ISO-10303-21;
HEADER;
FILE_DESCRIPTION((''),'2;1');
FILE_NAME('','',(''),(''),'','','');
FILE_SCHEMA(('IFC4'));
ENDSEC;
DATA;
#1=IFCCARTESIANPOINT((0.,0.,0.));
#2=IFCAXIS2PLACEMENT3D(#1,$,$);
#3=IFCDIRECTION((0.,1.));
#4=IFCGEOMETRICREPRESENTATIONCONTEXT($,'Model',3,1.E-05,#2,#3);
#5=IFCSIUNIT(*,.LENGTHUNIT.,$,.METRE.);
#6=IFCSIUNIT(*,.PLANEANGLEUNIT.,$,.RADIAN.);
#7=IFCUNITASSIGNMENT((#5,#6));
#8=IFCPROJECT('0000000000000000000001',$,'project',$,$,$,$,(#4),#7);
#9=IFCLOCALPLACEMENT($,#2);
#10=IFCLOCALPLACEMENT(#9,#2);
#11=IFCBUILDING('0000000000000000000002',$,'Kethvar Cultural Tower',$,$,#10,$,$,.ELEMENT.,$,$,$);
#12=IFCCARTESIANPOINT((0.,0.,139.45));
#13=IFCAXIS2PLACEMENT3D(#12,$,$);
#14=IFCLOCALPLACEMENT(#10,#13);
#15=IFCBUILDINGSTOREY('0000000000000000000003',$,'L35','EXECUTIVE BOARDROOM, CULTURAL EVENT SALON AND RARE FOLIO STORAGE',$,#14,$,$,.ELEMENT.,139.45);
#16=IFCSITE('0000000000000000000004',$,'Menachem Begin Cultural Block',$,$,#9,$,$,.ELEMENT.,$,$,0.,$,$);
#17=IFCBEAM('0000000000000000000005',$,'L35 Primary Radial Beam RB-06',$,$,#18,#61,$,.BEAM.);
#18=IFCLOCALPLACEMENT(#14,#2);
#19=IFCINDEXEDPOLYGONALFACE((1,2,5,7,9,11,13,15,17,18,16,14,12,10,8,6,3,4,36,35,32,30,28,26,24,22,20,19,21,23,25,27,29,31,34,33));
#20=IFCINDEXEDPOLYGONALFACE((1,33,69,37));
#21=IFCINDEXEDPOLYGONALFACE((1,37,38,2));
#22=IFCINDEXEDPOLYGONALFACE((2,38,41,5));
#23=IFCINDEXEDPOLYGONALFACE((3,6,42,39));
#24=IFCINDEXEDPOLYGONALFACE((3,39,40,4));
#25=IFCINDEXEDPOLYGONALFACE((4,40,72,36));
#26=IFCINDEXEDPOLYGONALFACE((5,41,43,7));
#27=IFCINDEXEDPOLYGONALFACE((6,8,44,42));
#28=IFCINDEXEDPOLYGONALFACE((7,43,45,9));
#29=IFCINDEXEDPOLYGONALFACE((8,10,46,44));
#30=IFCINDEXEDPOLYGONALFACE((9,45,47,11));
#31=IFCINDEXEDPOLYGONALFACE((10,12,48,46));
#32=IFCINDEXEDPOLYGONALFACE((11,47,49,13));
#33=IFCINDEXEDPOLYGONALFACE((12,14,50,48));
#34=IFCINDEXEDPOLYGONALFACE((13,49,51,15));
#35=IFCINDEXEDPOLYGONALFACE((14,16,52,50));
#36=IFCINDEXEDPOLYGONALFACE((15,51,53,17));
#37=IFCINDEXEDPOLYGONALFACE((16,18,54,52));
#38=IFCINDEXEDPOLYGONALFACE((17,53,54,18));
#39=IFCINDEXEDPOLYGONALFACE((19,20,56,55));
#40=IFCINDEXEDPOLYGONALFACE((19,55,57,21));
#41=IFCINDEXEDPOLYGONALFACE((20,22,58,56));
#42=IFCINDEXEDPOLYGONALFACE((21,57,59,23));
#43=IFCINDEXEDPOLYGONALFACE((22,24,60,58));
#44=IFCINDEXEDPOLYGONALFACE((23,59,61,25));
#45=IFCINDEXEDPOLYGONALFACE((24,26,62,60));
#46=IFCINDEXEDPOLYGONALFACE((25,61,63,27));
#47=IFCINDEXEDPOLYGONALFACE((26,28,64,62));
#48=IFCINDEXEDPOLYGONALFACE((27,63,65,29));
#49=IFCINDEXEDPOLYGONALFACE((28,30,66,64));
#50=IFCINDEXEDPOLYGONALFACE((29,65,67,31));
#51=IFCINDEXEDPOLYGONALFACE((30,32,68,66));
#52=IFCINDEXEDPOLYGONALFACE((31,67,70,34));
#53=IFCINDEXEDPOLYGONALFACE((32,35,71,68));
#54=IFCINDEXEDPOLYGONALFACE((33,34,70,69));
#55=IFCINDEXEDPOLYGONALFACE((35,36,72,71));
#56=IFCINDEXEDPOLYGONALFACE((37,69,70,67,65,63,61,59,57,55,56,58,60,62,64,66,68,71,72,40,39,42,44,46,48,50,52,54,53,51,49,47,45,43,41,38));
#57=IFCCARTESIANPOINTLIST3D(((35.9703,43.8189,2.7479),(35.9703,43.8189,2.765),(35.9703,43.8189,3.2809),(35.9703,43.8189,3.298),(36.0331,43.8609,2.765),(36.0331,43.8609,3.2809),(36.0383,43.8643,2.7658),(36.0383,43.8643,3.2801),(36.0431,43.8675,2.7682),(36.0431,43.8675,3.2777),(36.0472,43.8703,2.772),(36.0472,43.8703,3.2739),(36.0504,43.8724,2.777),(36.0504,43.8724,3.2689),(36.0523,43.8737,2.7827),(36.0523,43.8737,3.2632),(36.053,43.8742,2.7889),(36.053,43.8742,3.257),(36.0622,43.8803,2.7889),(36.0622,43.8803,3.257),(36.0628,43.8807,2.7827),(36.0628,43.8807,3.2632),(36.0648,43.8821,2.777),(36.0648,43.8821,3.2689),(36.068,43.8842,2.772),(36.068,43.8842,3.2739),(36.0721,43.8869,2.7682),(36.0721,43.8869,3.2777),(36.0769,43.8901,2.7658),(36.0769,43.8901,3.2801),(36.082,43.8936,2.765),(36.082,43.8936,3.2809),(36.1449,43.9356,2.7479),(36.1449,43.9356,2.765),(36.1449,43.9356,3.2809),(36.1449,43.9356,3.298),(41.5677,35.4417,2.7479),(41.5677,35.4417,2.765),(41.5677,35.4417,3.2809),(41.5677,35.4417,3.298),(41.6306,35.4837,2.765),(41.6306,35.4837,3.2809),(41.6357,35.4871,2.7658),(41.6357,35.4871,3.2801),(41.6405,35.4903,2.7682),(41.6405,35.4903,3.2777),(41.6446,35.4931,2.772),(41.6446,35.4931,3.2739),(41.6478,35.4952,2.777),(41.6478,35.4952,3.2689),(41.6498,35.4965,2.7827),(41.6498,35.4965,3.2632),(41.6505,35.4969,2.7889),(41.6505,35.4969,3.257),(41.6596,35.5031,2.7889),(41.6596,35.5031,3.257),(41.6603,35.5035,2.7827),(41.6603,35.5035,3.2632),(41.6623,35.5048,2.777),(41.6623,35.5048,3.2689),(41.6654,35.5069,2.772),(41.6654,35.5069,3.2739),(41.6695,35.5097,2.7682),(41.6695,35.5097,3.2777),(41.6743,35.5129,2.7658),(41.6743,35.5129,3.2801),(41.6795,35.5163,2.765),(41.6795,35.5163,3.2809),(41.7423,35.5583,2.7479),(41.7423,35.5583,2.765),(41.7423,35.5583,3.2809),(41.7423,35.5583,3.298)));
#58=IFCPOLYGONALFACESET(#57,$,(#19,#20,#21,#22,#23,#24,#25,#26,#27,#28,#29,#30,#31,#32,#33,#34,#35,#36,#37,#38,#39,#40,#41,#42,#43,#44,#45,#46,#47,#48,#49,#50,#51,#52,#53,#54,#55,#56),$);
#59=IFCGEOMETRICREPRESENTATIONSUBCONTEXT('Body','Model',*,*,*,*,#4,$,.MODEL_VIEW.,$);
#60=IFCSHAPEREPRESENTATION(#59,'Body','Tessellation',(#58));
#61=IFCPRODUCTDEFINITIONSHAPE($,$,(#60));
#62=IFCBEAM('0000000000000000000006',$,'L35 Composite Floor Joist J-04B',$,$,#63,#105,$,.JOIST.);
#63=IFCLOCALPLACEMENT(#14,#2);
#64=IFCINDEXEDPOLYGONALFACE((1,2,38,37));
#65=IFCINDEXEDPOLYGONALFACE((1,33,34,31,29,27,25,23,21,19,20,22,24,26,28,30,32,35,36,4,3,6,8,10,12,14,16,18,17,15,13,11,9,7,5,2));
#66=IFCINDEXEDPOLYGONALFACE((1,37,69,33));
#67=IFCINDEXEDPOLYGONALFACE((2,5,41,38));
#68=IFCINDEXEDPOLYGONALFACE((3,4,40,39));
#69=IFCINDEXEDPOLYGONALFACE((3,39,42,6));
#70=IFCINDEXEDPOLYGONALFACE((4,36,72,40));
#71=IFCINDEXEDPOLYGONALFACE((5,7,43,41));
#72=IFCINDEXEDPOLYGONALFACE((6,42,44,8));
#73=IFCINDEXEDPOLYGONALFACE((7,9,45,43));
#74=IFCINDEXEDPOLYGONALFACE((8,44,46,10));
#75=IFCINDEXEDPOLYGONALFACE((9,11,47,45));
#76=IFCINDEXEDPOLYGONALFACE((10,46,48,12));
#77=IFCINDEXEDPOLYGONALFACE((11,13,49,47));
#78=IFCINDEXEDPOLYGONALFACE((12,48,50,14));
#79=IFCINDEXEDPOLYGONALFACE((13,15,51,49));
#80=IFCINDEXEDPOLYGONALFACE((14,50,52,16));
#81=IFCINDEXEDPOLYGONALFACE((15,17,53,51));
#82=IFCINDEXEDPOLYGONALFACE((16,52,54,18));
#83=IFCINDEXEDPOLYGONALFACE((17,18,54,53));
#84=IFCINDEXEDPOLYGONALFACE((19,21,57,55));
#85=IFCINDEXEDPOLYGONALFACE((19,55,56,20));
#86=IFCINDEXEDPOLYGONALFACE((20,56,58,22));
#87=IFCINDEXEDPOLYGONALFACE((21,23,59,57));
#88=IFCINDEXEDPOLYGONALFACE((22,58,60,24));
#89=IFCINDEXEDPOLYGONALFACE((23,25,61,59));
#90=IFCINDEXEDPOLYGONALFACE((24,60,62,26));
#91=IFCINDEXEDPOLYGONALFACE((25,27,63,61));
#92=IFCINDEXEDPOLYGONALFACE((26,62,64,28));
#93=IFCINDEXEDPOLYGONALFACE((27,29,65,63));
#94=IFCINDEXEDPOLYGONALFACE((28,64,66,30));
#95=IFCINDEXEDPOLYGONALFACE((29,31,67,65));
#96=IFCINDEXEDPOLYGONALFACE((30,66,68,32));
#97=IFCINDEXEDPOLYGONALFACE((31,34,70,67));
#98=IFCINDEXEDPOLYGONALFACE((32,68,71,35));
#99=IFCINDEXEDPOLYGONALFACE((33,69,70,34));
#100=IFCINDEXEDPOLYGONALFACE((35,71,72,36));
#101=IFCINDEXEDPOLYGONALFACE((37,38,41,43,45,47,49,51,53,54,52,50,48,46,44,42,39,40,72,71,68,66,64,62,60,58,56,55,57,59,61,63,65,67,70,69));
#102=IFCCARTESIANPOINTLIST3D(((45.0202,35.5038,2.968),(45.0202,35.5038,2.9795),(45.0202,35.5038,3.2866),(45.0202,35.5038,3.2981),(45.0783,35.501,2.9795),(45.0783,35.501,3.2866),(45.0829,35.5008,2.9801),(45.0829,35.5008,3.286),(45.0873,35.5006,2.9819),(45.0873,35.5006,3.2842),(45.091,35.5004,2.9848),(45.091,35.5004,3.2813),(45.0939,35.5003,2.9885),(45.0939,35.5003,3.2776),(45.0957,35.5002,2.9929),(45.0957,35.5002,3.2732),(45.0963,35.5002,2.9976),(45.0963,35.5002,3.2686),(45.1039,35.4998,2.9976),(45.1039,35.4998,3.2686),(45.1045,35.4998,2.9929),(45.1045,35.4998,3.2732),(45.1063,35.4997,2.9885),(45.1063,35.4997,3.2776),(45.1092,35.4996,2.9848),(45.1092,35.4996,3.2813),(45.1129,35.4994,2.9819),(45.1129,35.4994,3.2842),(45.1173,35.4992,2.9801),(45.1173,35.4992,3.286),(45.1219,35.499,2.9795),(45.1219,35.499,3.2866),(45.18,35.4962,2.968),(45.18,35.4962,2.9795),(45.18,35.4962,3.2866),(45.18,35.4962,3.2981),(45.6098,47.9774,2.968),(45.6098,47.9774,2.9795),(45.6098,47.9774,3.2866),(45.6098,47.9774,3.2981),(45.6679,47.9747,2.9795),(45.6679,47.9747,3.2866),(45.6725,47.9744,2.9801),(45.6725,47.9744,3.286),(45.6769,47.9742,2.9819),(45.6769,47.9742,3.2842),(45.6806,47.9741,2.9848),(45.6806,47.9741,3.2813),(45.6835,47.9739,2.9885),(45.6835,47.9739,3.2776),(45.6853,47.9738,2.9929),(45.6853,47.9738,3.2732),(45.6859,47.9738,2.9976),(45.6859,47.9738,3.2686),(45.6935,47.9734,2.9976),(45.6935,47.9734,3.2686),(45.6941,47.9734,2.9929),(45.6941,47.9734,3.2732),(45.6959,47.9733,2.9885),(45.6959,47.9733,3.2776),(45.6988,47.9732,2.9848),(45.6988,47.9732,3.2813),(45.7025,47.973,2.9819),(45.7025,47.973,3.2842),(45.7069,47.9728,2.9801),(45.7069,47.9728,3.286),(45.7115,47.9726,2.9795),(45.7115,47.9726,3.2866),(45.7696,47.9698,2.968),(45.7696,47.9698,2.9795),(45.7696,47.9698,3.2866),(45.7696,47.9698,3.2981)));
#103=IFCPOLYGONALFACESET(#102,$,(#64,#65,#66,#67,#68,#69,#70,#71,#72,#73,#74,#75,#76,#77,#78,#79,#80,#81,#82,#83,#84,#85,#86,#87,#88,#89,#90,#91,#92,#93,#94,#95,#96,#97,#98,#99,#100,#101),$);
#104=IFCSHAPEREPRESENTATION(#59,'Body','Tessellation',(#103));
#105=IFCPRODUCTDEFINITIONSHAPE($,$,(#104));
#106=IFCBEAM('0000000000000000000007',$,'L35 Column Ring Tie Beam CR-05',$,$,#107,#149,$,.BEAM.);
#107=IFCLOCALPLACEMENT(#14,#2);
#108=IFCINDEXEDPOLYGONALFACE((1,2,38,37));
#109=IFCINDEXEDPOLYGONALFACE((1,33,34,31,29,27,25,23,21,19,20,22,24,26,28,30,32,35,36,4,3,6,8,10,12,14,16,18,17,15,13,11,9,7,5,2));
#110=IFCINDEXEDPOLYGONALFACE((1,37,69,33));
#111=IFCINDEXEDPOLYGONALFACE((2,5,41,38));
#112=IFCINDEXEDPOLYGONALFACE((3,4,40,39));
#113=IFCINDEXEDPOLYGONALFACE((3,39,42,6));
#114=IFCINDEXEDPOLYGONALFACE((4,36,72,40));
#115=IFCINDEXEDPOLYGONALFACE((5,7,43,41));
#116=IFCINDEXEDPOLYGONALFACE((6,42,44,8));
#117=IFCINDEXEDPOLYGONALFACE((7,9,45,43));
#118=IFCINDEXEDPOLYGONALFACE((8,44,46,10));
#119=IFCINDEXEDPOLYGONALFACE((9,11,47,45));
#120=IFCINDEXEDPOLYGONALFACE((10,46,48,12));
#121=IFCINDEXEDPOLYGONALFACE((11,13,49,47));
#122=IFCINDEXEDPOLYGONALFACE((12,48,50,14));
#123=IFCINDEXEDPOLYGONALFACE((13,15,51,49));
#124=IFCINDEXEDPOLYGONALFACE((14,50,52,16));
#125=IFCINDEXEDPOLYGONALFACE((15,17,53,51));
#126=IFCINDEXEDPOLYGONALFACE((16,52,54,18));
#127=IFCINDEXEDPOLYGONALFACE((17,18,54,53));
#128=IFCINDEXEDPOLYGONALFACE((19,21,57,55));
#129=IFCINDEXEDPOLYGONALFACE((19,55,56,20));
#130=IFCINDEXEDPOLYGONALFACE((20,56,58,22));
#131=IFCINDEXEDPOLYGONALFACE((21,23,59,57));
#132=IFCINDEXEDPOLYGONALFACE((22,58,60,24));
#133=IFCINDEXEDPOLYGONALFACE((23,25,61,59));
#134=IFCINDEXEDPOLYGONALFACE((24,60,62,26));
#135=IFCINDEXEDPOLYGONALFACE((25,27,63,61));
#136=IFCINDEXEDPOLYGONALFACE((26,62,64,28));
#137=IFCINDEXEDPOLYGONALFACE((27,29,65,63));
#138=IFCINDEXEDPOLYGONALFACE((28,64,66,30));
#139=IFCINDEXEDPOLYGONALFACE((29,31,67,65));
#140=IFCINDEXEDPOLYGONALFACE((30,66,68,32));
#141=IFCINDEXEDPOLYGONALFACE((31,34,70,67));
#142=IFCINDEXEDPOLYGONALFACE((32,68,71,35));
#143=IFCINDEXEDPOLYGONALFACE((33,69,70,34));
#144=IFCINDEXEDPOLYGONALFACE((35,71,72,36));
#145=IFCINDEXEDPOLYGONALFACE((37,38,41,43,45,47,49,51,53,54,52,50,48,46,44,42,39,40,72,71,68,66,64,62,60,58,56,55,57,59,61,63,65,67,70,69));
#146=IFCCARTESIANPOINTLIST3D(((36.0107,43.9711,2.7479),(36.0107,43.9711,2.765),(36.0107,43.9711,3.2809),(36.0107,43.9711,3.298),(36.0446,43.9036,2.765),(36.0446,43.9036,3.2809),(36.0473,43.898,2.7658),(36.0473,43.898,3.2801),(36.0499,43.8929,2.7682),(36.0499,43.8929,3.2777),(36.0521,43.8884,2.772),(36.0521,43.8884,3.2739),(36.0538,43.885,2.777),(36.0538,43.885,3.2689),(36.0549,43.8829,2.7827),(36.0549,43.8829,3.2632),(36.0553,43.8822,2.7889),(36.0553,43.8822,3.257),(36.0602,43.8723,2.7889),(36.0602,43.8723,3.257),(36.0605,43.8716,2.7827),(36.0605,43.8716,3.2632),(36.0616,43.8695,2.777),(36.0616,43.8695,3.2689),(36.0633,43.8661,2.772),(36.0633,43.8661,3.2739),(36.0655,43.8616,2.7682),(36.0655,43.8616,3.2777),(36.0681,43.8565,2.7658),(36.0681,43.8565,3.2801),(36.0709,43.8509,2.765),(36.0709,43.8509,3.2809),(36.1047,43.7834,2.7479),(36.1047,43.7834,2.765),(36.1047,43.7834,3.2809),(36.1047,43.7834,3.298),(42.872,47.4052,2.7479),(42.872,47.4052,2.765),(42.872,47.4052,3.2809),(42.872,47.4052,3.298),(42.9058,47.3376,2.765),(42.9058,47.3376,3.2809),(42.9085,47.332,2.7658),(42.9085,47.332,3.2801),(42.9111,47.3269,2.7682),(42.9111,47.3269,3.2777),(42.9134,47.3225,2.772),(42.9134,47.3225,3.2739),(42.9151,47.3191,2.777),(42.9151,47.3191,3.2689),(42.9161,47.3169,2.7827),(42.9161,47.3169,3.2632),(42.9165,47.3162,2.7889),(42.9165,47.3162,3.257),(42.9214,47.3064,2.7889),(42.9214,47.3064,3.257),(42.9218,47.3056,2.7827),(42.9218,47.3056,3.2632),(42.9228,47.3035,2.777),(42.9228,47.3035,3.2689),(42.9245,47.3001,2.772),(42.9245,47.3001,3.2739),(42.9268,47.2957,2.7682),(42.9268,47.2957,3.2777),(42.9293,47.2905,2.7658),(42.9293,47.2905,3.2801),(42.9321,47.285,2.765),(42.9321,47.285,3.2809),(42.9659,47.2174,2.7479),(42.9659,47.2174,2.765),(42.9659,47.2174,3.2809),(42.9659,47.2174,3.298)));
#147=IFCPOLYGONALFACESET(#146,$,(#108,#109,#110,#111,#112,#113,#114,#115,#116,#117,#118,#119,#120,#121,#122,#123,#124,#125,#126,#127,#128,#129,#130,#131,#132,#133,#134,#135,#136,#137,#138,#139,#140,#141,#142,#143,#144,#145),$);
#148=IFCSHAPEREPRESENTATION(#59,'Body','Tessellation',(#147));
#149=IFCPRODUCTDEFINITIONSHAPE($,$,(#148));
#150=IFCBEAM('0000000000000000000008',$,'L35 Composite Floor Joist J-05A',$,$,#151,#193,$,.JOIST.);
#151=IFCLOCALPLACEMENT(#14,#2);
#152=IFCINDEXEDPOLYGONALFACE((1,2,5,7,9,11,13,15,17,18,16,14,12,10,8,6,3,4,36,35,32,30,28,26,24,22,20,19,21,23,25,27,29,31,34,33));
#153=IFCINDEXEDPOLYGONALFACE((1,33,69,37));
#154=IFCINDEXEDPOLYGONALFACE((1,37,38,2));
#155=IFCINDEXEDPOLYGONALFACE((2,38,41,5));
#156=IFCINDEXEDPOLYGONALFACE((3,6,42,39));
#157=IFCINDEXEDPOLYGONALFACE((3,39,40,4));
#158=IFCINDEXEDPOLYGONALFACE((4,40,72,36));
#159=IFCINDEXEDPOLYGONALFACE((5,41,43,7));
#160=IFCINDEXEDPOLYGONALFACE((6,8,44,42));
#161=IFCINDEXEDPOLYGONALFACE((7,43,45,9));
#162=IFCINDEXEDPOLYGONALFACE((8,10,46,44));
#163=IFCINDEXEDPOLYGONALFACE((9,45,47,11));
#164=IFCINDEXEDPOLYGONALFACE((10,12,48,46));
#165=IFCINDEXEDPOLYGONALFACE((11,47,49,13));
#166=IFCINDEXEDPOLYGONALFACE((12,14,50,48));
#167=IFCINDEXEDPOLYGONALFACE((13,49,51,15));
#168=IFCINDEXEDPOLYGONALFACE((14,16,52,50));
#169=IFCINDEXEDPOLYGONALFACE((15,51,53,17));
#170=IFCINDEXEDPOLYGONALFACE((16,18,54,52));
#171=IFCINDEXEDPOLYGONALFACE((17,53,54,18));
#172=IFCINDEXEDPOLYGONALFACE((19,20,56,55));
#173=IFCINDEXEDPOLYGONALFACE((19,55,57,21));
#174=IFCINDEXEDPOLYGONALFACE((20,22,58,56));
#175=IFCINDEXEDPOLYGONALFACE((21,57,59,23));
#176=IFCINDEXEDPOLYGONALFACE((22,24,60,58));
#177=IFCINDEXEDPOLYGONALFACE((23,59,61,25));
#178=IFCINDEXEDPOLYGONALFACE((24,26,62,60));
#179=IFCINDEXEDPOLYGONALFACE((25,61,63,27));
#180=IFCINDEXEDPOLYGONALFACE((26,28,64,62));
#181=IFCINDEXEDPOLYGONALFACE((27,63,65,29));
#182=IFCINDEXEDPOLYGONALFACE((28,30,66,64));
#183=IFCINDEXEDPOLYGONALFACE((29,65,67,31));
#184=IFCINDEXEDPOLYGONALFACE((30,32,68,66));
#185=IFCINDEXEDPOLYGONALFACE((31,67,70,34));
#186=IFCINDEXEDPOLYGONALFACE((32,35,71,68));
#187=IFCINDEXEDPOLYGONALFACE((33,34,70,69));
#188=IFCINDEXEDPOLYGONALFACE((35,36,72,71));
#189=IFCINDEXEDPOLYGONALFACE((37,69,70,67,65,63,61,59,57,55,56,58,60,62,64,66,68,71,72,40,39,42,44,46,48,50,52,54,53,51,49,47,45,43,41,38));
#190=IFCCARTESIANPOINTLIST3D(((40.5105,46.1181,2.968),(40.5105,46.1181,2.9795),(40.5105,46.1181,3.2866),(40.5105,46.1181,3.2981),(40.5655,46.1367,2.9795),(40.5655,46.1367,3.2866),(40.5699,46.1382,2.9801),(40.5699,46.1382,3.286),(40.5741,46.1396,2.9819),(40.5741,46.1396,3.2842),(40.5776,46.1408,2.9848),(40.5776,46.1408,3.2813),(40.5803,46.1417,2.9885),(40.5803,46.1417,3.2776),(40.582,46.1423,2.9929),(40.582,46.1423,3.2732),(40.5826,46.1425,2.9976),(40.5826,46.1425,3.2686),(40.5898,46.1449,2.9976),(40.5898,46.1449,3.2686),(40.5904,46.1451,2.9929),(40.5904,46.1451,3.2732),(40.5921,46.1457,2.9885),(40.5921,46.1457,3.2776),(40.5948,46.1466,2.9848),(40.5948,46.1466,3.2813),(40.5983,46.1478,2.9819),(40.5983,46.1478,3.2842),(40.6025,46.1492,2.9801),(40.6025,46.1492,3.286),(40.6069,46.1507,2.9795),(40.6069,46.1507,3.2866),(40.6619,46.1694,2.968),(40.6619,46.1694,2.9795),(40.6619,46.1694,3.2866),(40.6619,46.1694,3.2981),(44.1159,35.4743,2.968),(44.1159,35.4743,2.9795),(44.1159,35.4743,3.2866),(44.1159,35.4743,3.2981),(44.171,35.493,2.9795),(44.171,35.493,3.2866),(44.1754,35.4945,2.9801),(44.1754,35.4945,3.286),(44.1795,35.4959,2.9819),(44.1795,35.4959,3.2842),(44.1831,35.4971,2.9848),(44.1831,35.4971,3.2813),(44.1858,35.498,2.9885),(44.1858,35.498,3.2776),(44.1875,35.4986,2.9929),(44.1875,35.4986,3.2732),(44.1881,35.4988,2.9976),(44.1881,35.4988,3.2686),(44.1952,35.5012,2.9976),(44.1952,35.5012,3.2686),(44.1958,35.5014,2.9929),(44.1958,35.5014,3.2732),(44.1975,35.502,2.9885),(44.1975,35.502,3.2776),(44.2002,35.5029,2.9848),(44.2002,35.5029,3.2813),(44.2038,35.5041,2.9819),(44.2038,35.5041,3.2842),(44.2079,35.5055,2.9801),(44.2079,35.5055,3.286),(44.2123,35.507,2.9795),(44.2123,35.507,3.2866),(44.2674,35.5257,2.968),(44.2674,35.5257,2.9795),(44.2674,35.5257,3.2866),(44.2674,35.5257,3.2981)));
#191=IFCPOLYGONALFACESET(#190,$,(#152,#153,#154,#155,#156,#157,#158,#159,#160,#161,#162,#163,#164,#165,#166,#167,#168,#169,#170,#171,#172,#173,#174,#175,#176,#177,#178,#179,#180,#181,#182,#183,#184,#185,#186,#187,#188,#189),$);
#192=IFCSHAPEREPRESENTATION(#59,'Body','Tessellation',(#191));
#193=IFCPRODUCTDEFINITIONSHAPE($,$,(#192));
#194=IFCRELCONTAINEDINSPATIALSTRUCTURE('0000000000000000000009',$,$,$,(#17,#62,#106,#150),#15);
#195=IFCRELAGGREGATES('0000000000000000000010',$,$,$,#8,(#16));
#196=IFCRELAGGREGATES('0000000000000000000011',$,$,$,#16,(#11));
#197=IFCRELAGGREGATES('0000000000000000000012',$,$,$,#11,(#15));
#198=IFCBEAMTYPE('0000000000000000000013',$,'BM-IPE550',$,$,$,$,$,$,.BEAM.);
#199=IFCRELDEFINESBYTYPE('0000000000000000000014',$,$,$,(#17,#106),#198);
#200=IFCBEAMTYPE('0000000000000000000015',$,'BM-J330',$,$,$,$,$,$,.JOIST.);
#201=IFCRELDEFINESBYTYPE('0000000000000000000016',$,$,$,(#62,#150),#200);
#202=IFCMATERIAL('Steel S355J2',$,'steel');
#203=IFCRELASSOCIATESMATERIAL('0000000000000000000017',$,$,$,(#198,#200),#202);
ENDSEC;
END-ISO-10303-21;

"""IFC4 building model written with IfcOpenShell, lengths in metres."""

from ifc_helpers import new_model, si_unit, direction, frame, origin, origin_2d, place, context, subcontext, project, spatial, i_section, extrude, source, transform, mapped, material, material_profile, profile_set, type_object, element, save


model = new_model("IFC4")

# Units and contexts
model_context = context("Model", 3, precision=1e-05, world=origin(), true_north=direction((0.0, 1.0)))
body_context = subcontext(model_context, "Body", "Model", "MODEL_VIEW")
ifc_project = project(units=[si_unit("LENGTHUNIT", "METRE"), si_unit("PLANEANGLEUNIT", "RADIAN")], contexts=[model_context])

# Site, building, storey
site_placement = place(None, origin())
site = spatial("IfcSite", under=ifc_project, at=site_placement, Name="Menachem Begin Cultural Block", CompositionType="ELEMENT", RefElevation=0.0)
building_placement = place(site_placement, origin())
building = spatial("IfcBuilding", under=site, at=building_placement, Name="Kethvar Cultural Tower", CompositionType="ELEMENT")
storey_placement = place(building_placement, frame((0.0, 0.0, 139.45)))
storey = spatial("IfcBuildingStorey", under=building, at=storey_placement, Name="L35", Description="EXECUTIVE BOARDROOM, CULTURAL EVENT SALON AND RARE FOLIO STORAGE", CompositionType="ELEMENT", Elevation=139.45)

# Beams
ifc_material_1 = material(Name="Steel S355J2", Category="steel")
ifc_material_profile_1 = material_profile(ifc_material_1, i_section(OverallWidth=0.21, OverallDepth=0.55, WebThickness=0.011, FlangeThickness=0.0171, FilletRadius=0.0239, at=origin_2d()), Name="Steel S355J2 — IPE550")
ifc_profile_set_1 = profile_set([ifc_material_profile_1], Name="Steel S355J2 — IPE550")
beam_type_1 = type_object("IfcBeamType", Name="BM-IPE550", PredefinedType="BEAM", material=ifc_profile_set_1)
shared_shape_1 = source(origin(), body_context, "Body", "SweptSolid", [
    extrude(i_section(OverallWidth=0.21, OverallDepth=0.55, WebThickness=0.011, FlangeThickness=0.0171, FilletRadius=0.0239, at=origin_2d()), origin(), (0.0, 0.0, 1.0), 10.0752),
])
beam_1_placement = place(storey_placement, frame((41.655, 35.5, 3.0229), z_axis=(-0.555567, 0.831472, 0.0), x_axis=(-0.831472, -0.555567, 0.0)))
element("IfcBeam", 1, at=beam_1_placement, inside=storey, type_object=beam_type_1, Name="L35 Primary Radial Beam RB-06", PredefinedType="BEAM", context=body_context, shape_type="MappedRepresentation", body=[
    mapped(shared_shape_1, transform((0.0, 0.0, 0.0), scale=1.0)),
])
ifc_material_profile_2 = material_profile(ifc_material_1, i_section(OverallWidth=0.1599, OverallDepth=0.3301, WebThickness=0.0076, FlangeThickness=0.0115, FilletRadius=0.0181, at=origin_2d()), Name="Steel S355J2 — IPE330")
ifc_profile_set_2 = profile_set([ifc_material_profile_2], Name="Steel S355J2 — IPE330")
beam_type_2 = type_object("IfcBeamType", Name="BM-J330", PredefinedType="JOIST", material=ifc_profile_set_2)
shared_shape_2 = source(origin(), body_context, "Body", "SweptSolid", [
    extrude(i_section(OverallWidth=0.1599, OverallDepth=0.3301, WebThickness=0.0076, FlangeThickness=0.0115, FilletRadius=0.0181, at=origin_2d()), origin(), (0.0, 0.0, 1.0), 12.4875),
])
beam_2_placement = place(storey_placement, frame((45.1001, 35.5, 3.1331), z_axis=(0.047215, 0.998885, 0.0), x_axis=(-0.998885, 0.047215, 0.0)))
element("IfcBeam", 2, at=beam_2_placement, inside=storey, type_object=beam_type_2, Name="L35 Composite Floor Joist J-04B", PredefinedType="JOIST", context=body_context, shape_type="MappedRepresentation", body=[
    mapped(shared_shape_2, transform((0.0, 0.0, 0.0), scale=1.0)),
])
shared_shape_3 = source(origin(), body_context, "Body", "SweptSolid", [
    extrude(i_section(OverallWidth=0.21, OverallDepth=0.55, WebThickness=0.011, FlangeThickness=0.0171, FilletRadius=0.0239, at=origin_2d()), origin(), (0.0, 0.0, 1.0), 7.6726),
])
beam_3_placement = place(storey_placement, frame((42.9189, 47.3113, 3.0229), z_axis=(-0.894249, -0.44757, 0.0), x_axis=(0.44757, -0.894249, 0.0)))
element("IfcBeam", 3, at=beam_3_placement, inside=storey, type_object=beam_type_1, Name="L35 Column Ring Tie Beam CR-05", PredefinedType="BEAM", context=body_context, shape_type="MappedRepresentation", body=[
    mapped(shared_shape_3, transform((0.0, 0.0, 0.0), scale=1.0)),
])
shared_shape_4 = source(origin(), body_context, "Body", "SweptSolid", [
    extrude(i_section(OverallWidth=0.1599, OverallDepth=0.3301, WebThickness=0.0076, FlangeThickness=0.0115, FilletRadius=0.0181, at=origin_2d()), origin(), (0.0, 0.0, 1.0), 11.2378),
])
beam_4_placement = place(storey_placement, frame((44.1917, 35.5, 3.1331), z_axis=(-0.320832, 0.947136, 0.0), x_axis=(-0.947136, -0.320832, 0.0)))
element("IfcBeam", 4, at=beam_4_placement, inside=storey, type_object=beam_type_2, Name="L35 Composite Floor Joist J-05A", PredefinedType="JOIST", context=body_context, shape_type="MappedRepresentation", body=[
    mapped(shared_shape_4, transform((0.0, 0.0, 0.0), scale=1.0)),
])

save(model, "model.ifc")
